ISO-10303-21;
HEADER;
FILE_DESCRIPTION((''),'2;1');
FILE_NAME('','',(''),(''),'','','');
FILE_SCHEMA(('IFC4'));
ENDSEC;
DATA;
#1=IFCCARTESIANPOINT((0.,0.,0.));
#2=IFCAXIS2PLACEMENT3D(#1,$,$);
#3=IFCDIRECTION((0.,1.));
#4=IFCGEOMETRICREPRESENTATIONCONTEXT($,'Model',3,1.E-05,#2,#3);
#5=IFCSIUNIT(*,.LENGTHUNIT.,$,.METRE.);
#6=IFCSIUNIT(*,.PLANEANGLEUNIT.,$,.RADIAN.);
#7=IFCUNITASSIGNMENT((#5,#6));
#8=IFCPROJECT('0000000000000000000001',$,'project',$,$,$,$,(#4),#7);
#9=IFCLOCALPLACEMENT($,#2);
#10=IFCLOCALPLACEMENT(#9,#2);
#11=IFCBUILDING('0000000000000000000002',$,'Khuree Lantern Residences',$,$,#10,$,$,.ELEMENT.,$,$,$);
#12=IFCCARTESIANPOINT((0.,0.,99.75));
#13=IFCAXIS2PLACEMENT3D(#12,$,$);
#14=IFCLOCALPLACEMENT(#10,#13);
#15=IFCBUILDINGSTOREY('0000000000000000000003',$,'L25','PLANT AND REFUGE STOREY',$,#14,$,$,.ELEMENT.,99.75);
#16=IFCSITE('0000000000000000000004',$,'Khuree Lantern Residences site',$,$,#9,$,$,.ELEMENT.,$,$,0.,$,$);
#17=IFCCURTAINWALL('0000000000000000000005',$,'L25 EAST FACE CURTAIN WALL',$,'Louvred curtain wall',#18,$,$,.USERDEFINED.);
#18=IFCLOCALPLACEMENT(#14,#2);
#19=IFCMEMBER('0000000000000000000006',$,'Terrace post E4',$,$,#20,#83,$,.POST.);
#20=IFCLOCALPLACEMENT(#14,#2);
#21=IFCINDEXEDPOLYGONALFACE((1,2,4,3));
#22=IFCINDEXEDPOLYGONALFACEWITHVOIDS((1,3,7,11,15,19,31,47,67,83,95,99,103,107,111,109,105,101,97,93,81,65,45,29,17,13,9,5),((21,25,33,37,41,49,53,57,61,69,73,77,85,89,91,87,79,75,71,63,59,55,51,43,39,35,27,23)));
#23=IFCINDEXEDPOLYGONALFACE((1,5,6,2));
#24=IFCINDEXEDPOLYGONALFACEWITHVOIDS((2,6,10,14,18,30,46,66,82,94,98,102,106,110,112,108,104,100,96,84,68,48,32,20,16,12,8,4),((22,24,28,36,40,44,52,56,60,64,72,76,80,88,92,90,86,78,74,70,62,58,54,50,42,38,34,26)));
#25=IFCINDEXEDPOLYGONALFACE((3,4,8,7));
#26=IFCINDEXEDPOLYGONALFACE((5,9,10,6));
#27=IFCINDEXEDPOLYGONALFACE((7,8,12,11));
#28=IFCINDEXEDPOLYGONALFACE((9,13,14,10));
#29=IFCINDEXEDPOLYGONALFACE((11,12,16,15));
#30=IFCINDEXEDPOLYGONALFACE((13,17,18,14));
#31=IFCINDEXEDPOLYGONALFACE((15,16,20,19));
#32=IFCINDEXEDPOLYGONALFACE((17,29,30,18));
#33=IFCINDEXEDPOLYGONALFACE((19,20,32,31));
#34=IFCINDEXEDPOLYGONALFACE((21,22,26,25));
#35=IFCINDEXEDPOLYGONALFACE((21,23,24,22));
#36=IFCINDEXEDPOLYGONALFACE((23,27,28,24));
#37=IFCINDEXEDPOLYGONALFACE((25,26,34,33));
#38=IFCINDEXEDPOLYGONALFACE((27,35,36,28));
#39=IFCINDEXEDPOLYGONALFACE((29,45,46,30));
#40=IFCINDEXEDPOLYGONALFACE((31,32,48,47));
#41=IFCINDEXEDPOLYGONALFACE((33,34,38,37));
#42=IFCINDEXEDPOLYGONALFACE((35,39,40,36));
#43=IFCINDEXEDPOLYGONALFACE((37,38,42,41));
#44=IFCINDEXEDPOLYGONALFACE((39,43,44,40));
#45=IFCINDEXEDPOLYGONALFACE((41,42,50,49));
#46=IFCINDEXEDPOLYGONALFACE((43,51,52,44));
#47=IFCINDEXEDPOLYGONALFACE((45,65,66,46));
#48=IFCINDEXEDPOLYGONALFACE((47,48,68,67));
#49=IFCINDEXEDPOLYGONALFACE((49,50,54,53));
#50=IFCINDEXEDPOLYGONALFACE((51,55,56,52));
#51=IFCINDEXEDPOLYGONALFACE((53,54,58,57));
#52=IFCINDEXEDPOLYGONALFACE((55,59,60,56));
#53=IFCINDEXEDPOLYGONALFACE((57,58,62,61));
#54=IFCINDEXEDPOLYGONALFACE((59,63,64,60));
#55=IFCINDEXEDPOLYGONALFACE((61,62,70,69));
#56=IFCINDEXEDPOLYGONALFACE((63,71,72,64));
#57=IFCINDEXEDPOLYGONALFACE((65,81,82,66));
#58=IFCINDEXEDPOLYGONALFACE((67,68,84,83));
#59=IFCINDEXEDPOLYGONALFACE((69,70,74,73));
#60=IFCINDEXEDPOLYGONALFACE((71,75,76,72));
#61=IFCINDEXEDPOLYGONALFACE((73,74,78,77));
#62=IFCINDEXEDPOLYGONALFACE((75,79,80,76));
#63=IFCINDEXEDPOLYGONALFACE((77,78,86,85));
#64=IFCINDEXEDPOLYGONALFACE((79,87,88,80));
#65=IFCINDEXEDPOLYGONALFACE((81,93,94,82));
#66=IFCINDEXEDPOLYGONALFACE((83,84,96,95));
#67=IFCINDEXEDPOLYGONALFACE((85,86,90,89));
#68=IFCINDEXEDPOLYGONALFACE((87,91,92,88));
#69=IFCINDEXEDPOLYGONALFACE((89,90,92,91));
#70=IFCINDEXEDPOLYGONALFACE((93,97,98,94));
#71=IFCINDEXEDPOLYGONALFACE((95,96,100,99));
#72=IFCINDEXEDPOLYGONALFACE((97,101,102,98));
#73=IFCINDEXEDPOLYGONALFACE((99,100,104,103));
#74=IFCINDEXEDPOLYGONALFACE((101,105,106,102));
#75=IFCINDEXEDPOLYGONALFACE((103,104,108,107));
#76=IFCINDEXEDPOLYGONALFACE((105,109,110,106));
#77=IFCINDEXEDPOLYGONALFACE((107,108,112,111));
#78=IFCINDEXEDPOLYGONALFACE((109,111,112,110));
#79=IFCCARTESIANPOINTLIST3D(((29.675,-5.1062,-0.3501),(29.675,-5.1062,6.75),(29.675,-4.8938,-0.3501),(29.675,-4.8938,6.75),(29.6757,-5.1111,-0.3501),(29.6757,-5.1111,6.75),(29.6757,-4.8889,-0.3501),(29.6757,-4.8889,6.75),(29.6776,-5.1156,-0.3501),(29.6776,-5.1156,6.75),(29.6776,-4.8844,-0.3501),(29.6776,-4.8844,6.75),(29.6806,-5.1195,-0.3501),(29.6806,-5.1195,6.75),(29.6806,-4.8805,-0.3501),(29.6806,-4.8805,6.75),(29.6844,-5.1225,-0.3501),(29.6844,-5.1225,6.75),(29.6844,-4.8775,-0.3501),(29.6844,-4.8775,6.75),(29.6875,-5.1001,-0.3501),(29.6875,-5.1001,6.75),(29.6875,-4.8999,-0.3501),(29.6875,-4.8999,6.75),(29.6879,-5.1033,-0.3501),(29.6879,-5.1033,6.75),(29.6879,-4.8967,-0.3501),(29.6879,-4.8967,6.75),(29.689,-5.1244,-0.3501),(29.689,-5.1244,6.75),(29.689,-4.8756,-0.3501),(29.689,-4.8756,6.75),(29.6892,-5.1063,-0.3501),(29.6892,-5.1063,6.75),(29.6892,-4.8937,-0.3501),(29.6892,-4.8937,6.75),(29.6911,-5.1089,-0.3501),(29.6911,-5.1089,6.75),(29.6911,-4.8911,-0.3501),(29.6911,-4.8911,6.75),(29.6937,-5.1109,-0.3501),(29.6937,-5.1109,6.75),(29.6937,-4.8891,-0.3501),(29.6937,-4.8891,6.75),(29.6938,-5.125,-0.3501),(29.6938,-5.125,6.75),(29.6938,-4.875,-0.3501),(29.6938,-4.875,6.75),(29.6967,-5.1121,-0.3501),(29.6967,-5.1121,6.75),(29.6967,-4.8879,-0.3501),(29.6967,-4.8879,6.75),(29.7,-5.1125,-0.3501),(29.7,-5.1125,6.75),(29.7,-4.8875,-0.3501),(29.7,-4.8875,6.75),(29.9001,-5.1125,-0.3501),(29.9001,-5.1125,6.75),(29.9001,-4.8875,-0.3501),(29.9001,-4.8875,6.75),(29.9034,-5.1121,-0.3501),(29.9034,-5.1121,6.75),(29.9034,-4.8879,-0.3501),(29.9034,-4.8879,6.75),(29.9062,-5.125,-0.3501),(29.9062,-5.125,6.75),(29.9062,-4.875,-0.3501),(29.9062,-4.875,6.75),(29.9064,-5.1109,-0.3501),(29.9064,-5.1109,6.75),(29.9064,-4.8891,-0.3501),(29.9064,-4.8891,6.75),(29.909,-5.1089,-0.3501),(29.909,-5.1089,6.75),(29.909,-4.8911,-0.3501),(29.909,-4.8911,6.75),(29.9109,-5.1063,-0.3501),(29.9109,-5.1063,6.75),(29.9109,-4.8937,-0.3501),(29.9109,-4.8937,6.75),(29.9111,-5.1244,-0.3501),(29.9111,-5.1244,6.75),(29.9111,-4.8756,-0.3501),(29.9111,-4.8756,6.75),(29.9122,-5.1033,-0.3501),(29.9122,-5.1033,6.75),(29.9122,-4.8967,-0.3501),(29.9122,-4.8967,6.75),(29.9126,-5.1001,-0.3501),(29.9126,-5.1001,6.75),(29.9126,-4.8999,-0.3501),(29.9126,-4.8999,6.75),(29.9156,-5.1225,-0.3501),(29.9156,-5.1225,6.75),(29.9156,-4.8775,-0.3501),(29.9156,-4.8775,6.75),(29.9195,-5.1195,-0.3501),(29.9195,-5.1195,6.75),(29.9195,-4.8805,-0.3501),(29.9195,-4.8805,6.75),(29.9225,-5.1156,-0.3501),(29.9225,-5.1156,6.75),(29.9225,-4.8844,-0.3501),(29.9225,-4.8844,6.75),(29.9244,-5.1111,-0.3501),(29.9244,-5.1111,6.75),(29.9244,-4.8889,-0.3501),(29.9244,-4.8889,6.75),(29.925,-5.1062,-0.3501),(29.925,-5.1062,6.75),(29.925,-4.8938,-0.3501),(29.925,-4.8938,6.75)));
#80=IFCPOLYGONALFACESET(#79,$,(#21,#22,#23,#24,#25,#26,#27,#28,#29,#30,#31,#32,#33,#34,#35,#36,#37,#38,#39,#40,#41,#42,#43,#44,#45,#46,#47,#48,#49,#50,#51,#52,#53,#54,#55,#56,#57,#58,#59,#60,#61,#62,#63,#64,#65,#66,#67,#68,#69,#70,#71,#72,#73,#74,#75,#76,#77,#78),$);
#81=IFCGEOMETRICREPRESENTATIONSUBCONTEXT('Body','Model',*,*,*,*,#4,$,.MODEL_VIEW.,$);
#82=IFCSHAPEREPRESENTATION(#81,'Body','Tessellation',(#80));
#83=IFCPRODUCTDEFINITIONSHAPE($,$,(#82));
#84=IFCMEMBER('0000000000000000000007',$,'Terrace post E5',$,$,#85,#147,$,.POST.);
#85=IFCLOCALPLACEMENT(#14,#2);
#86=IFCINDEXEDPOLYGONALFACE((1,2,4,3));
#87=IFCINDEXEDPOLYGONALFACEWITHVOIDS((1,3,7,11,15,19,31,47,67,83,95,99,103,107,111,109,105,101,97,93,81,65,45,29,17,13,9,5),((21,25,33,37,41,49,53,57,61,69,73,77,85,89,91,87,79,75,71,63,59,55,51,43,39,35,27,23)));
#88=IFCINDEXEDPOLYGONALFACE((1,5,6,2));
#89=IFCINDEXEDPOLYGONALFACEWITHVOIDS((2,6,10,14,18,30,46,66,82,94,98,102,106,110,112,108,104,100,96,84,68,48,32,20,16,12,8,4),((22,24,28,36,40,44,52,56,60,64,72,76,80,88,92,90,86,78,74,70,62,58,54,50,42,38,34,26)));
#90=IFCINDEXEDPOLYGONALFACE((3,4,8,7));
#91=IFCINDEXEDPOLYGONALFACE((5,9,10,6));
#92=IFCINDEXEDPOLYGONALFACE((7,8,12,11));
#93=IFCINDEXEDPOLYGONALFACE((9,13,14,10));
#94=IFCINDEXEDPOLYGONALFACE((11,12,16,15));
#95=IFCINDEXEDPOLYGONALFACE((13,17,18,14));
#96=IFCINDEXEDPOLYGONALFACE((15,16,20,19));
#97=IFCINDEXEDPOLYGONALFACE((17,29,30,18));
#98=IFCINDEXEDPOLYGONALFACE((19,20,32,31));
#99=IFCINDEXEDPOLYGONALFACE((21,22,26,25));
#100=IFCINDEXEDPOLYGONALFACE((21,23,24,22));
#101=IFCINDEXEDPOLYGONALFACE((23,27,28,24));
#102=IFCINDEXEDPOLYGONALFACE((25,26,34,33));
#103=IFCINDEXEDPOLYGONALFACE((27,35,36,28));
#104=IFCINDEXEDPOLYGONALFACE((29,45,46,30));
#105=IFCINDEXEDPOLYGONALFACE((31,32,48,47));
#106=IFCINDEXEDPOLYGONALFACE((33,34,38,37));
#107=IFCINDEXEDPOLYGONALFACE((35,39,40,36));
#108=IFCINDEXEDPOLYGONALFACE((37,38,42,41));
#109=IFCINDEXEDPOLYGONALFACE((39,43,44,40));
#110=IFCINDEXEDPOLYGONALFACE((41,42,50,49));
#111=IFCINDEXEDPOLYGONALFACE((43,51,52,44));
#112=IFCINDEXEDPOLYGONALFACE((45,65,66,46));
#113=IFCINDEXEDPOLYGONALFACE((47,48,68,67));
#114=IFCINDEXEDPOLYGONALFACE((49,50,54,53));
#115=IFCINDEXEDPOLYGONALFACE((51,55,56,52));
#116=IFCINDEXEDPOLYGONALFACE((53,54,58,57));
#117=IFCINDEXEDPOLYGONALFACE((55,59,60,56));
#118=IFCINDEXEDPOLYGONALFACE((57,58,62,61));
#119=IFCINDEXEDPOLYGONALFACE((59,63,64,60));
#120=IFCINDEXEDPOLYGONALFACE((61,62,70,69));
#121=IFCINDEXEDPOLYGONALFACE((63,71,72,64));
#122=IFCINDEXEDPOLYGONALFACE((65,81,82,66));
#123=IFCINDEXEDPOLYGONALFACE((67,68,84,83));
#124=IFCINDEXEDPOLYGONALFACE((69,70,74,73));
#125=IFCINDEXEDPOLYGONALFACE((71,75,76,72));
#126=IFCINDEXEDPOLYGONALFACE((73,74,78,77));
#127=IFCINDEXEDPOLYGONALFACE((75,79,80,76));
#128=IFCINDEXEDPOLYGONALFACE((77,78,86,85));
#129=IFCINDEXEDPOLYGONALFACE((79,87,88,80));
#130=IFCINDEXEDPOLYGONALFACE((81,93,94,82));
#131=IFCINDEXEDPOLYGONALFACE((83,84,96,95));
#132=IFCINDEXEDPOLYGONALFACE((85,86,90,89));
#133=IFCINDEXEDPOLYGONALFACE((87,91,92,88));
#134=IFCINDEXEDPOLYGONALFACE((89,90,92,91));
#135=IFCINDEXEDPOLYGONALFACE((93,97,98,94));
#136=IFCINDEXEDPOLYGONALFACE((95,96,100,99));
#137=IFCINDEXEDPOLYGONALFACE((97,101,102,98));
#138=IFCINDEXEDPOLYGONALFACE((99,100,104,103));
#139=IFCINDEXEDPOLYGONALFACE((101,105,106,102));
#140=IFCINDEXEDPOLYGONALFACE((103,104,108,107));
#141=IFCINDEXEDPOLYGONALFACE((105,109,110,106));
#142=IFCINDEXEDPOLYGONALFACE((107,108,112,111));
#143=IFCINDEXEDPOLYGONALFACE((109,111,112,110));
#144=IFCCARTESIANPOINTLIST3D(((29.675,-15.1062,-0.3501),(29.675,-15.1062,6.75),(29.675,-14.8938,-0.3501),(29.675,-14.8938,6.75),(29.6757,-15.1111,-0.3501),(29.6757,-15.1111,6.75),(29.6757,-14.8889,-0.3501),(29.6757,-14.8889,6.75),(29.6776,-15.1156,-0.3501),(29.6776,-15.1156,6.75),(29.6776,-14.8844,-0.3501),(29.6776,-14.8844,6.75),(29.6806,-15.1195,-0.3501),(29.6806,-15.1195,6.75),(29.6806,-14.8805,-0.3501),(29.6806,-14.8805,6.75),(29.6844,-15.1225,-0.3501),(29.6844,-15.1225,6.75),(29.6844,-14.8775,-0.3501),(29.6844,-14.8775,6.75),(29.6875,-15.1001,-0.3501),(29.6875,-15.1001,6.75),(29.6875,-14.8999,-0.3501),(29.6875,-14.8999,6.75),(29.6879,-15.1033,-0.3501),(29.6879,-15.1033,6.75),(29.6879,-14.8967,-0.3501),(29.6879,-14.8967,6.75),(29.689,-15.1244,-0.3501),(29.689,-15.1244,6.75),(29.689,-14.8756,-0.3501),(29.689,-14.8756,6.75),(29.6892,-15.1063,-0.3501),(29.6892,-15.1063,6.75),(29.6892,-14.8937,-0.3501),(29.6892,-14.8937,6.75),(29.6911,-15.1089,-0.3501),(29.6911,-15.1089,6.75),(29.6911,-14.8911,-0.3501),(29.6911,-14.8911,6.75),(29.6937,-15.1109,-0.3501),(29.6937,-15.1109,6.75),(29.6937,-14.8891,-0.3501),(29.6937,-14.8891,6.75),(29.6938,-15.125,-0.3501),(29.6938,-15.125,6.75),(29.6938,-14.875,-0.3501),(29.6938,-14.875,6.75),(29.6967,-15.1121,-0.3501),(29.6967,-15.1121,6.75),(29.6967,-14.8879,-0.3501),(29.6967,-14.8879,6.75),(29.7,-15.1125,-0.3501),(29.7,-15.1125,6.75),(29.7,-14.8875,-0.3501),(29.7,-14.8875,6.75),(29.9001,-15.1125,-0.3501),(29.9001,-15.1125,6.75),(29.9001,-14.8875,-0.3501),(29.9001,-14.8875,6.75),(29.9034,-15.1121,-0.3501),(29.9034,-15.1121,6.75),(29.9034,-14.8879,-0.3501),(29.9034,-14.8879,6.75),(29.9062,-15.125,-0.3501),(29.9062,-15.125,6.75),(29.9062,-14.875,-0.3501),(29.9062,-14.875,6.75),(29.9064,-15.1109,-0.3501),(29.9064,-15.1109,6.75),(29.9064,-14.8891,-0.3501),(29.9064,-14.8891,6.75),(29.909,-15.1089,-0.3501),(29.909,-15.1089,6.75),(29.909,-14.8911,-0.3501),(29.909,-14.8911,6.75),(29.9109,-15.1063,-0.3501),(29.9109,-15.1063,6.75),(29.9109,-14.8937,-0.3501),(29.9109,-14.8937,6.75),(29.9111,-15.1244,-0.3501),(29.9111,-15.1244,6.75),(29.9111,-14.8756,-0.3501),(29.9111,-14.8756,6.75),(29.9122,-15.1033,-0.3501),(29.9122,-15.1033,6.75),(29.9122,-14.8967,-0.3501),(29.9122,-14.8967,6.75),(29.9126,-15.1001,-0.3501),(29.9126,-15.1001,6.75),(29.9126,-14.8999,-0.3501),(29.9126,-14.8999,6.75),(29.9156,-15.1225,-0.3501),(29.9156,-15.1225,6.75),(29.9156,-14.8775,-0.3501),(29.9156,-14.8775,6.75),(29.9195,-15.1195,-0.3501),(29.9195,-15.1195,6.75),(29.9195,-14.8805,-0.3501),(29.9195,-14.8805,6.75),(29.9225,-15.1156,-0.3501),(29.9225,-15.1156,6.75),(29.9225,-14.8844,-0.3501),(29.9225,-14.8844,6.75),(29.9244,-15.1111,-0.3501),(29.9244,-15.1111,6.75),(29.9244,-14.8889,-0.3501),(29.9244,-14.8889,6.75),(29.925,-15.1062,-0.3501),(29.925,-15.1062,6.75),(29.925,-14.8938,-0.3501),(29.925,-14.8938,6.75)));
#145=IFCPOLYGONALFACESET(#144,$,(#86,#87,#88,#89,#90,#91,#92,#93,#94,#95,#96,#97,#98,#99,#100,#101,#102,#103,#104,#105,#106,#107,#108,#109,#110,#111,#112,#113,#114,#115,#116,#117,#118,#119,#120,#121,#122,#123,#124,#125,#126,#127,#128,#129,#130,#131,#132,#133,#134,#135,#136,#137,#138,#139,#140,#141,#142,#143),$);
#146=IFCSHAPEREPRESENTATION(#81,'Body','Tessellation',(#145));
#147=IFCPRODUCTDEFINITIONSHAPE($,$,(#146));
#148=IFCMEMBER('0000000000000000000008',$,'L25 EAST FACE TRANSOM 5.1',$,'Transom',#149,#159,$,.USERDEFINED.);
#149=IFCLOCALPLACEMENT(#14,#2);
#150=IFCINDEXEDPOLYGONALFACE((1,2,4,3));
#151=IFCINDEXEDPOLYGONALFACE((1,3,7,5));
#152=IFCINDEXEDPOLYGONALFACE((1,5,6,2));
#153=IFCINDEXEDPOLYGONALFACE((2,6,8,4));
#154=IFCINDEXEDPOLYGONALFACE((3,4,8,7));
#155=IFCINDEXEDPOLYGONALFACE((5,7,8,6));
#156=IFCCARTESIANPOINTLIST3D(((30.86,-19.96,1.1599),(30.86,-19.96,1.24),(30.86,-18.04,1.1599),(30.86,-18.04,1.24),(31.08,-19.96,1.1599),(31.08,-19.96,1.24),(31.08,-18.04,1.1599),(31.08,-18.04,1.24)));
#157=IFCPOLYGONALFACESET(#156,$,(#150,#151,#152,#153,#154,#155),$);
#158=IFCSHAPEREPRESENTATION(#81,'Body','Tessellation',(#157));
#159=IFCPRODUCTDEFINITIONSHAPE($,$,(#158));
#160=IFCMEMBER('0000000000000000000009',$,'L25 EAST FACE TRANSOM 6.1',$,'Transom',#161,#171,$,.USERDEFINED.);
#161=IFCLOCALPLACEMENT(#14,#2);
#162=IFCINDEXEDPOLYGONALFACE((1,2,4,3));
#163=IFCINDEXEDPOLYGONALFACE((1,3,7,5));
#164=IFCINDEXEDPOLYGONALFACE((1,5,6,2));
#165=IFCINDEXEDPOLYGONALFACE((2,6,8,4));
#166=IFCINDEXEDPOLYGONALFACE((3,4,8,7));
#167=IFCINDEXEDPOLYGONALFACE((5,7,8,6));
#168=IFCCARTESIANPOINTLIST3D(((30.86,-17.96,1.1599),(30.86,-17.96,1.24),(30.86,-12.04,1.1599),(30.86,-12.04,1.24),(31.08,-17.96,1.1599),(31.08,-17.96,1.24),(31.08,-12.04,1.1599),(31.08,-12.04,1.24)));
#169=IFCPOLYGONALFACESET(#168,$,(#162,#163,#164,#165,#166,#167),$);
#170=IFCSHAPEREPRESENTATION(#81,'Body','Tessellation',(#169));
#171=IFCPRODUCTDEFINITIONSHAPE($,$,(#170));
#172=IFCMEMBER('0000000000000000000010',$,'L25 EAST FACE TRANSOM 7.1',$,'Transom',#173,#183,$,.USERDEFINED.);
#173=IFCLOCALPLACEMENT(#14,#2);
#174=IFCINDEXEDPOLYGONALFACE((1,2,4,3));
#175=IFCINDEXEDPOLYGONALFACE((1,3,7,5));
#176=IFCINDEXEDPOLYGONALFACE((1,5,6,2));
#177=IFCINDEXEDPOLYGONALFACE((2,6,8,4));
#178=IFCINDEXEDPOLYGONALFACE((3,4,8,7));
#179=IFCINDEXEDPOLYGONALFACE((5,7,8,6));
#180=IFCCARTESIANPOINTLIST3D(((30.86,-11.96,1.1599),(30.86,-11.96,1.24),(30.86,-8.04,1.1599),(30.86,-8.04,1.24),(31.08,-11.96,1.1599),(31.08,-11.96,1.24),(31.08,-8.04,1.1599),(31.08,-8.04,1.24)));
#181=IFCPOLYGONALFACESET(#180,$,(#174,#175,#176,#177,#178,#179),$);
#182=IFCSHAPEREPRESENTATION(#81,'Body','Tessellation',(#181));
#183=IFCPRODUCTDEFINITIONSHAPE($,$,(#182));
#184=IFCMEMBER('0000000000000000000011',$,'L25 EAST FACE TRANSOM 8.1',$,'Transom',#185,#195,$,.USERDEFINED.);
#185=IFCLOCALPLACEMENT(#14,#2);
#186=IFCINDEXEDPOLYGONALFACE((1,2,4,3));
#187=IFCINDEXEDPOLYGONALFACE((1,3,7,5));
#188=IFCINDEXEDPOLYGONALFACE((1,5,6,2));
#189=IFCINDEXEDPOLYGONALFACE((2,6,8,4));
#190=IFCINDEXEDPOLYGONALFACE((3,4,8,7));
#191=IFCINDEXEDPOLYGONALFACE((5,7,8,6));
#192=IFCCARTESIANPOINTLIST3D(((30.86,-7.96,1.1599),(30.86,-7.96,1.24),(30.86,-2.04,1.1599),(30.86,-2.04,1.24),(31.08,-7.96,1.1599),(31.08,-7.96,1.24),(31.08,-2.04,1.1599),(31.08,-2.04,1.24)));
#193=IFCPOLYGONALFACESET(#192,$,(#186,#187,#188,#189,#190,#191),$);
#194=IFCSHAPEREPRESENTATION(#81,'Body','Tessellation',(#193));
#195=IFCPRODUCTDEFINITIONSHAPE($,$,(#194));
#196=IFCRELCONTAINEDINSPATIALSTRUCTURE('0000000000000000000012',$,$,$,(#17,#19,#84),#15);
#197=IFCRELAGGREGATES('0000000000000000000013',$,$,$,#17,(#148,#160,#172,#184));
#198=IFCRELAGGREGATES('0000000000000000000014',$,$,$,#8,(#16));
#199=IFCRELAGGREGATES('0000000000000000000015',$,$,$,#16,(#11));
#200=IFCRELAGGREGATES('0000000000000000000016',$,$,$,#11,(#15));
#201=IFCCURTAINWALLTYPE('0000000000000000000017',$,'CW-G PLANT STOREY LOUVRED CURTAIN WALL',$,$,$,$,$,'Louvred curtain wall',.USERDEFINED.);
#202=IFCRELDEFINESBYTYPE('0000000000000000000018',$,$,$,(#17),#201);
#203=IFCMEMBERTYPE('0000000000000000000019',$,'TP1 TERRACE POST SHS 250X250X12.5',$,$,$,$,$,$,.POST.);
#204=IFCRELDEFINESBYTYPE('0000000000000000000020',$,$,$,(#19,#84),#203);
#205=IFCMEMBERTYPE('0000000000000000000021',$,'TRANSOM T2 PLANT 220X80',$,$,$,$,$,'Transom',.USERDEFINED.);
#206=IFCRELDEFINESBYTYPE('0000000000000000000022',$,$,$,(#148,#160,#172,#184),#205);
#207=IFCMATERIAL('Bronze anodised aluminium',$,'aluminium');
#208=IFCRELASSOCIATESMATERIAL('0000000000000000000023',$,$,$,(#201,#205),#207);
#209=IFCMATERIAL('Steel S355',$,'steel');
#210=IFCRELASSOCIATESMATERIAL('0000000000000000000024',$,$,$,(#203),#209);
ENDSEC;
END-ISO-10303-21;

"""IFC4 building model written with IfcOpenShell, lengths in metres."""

from ifc_helpers import new_model, si_unit, direction, frame, origin, origin_2d, place, context, subcontext, project, spatial, rectangle, hollow_rectangle, extrude, material, material_profile, profile_set, type_object, element, aggregate, save


model = new_model("IFC4")

# Units and contexts
model_context = context("Model", 3, precision=1e-05, world=origin(), true_north=direction((0.0, 1.0)))
body_context = subcontext(model_context, "Body", "Model", "MODEL_VIEW")
ifc_project = project(units=[si_unit("LENGTHUNIT", "METRE"), si_unit("PLANEANGLEUNIT", "RADIAN")], contexts=[model_context])

# Site, building, storey
site_placement = place(None, origin())
site = spatial("IfcSite", under=ifc_project, at=site_placement, Name="Khuree Lantern Residences site", CompositionType="ELEMENT", RefElevation=0.0)
building_placement = place(site_placement, origin())
building = spatial("IfcBuilding", under=site, at=building_placement, Name="Khuree Lantern Residences", CompositionType="ELEMENT")
storey_placement = place(building_placement, frame((0.0, 0.0, 99.75)))
storey = spatial("IfcBuildingStorey", under=building, at=storey_placement, Name="L25", Description="PLANT AND REFUGE STOREY", CompositionType="ELEMENT", Elevation=99.75)

# Shared definitions
ifc_material_1 = material(Name="Steel S355", Category="steel")

# Curtain wall
ifc_material_2 = material(Name="Bronze anodised aluminium", Category="aluminium")
curtain_wall_type = type_object("IfcCurtainWallType", Name="CW-G PLANT STOREY LOUVRED CURTAIN WALL", ElementType="Louvred curtain wall", PredefinedType="USERDEFINED", material=ifc_material_2)
curtain_wall_placement = place(storey_placement, origin())
curtain_wall = element("IfcCurtainWall", 1, at=curtain_wall_placement, inside=storey, type_object=curtain_wall_type, Name="L25 EAST FACE CURTAIN WALL", ObjectType="Louvred curtain wall", PredefinedType="USERDEFINED")

# Members
ifc_material_profile_1 = material_profile(ifc_material_1, hollow_rectangle(XDim=0.25, YDim=0.25, WallThickness=0.0125, InnerFilletRadius=0.0125, OuterFilletRadius=0.0188, at=origin_2d()), Name="SHS 250X250X12.5")
ifc_profile_set_1 = profile_set([ifc_material_profile_1], Name="Steel S355")
member_type_1 = type_object("IfcMemberType", Name="TP1 TERRACE POST SHS 250X250X12.5", PredefinedType="POST", material=ifc_profile_set_1)
for number, where, z_axis, x_axis, name in (
    (2, (29.8, -5.0, -0.3501), (0.0, 0.0, 1.0), (1.0, 0.0, 0.0), "Terrace post E4"),
    (3, (29.8, -15.0, -0.3501), (0.0, 0.0, 1.0), (1.0, 0.0, 0.0), "Terrace post E5"),
):
    element("IfcMember", number, at=place(storey_placement, frame(where, z_axis=z_axis, x_axis=x_axis)), inside=storey, type_object=member_type_1, Name=name, PredefinedType="POST", context=body_context, shape_type="SweptSolid", body=[
        extrude(hollow_rectangle(XDim=0.25, YDim=0.25, WallThickness=0.0125, InnerFilletRadius=0.0125, OuterFilletRadius=0.0188, at=origin_2d()), origin(), (0.0, 0.0, 1.0), 7.1001),
    ])

# Members
ifc_material_profile_2 = material_profile(ifc_material_2, rectangle(XDim=0.22, YDim=0.0801, at=origin_2d()), Name="T2 220X80")
ifc_profile_set_2 = profile_set([ifc_material_profile_2], Name="Bronze anodised aluminium")
member_type_2 = type_object("IfcMemberType", Name="TRANSOM T2 PLANT 220X80", ElementType="Transom", PredefinedType="USERDEFINED", material=ifc_profile_set_2)
member_1_placement = place(storey_placement, frame((30.97, -19.96, 1.2), z_axis=(0.0, 1.0, 0.0), x_axis=(-1.0, 0.0, 0.0)))
member_1 = element("IfcMember", 4, at=member_1_placement, type_object=member_type_2, Name="L25 EAST FACE TRANSOM 5.1", ObjectType="Transom", PredefinedType="USERDEFINED", context=body_context, shape_type="SweptSolid", body=[
    extrude(rectangle(XDim=0.22, YDim=0.0801, at=origin_2d()), origin(), (0.0, 0.0, 1.0), 1.9199),
])
member_2_placement = place(storey_placement, frame((30.97, -17.96, 1.2), z_axis=(0.0, 1.0, 0.0), x_axis=(-1.0, 0.0, 0.0)))
member_2 = element("IfcMember", 5, at=member_2_placement, type_object=member_type_2, Name="L25 EAST FACE TRANSOM 6.1", ObjectType="Transom", PredefinedType="USERDEFINED", context=body_context, shape_type="SweptSolid", body=[
    extrude(rectangle(XDim=0.22, YDim=0.0801, at=origin_2d()), origin(), (0.0, 0.0, 1.0), 5.9199),
])
member_3_placement = place(storey_placement, frame((30.97, -11.96, 1.2), z_axis=(0.0, 1.0, 0.0), x_axis=(-1.0, 0.0, 0.0)))
member_3 = element("IfcMember", 6, at=member_3_placement, type_object=member_type_2, Name="L25 EAST FACE TRANSOM 7.1", ObjectType="Transom", PredefinedType="USERDEFINED", context=body_context, shape_type="SweptSolid", body=[
    extrude(rectangle(XDim=0.22, YDim=0.0801, at=origin_2d()), origin(), (0.0, 0.0, 1.0), 3.9199),
])
member_4_placement = place(storey_placement, frame((30.97, -7.96, 1.2), z_axis=(0.0, 1.0, 0.0), x_axis=(-1.0, 0.0, 0.0)))
member_4 = element("IfcMember", 7, at=member_4_placement, type_object=member_type_2, Name="L25 EAST FACE TRANSOM 8.1", ObjectType="Transom", PredefinedType="USERDEFINED", context=body_context, shape_type="SweptSolid", body=[
    extrude(rectangle(XDim=0.22, YDim=0.0801, at=origin_2d()), origin(), (0.0, 0.0, 1.0), 5.9199),
])

aggregate(curtain_wall, [member_1, member_2, member_3, member_4])

save(model, "model.ifc")
